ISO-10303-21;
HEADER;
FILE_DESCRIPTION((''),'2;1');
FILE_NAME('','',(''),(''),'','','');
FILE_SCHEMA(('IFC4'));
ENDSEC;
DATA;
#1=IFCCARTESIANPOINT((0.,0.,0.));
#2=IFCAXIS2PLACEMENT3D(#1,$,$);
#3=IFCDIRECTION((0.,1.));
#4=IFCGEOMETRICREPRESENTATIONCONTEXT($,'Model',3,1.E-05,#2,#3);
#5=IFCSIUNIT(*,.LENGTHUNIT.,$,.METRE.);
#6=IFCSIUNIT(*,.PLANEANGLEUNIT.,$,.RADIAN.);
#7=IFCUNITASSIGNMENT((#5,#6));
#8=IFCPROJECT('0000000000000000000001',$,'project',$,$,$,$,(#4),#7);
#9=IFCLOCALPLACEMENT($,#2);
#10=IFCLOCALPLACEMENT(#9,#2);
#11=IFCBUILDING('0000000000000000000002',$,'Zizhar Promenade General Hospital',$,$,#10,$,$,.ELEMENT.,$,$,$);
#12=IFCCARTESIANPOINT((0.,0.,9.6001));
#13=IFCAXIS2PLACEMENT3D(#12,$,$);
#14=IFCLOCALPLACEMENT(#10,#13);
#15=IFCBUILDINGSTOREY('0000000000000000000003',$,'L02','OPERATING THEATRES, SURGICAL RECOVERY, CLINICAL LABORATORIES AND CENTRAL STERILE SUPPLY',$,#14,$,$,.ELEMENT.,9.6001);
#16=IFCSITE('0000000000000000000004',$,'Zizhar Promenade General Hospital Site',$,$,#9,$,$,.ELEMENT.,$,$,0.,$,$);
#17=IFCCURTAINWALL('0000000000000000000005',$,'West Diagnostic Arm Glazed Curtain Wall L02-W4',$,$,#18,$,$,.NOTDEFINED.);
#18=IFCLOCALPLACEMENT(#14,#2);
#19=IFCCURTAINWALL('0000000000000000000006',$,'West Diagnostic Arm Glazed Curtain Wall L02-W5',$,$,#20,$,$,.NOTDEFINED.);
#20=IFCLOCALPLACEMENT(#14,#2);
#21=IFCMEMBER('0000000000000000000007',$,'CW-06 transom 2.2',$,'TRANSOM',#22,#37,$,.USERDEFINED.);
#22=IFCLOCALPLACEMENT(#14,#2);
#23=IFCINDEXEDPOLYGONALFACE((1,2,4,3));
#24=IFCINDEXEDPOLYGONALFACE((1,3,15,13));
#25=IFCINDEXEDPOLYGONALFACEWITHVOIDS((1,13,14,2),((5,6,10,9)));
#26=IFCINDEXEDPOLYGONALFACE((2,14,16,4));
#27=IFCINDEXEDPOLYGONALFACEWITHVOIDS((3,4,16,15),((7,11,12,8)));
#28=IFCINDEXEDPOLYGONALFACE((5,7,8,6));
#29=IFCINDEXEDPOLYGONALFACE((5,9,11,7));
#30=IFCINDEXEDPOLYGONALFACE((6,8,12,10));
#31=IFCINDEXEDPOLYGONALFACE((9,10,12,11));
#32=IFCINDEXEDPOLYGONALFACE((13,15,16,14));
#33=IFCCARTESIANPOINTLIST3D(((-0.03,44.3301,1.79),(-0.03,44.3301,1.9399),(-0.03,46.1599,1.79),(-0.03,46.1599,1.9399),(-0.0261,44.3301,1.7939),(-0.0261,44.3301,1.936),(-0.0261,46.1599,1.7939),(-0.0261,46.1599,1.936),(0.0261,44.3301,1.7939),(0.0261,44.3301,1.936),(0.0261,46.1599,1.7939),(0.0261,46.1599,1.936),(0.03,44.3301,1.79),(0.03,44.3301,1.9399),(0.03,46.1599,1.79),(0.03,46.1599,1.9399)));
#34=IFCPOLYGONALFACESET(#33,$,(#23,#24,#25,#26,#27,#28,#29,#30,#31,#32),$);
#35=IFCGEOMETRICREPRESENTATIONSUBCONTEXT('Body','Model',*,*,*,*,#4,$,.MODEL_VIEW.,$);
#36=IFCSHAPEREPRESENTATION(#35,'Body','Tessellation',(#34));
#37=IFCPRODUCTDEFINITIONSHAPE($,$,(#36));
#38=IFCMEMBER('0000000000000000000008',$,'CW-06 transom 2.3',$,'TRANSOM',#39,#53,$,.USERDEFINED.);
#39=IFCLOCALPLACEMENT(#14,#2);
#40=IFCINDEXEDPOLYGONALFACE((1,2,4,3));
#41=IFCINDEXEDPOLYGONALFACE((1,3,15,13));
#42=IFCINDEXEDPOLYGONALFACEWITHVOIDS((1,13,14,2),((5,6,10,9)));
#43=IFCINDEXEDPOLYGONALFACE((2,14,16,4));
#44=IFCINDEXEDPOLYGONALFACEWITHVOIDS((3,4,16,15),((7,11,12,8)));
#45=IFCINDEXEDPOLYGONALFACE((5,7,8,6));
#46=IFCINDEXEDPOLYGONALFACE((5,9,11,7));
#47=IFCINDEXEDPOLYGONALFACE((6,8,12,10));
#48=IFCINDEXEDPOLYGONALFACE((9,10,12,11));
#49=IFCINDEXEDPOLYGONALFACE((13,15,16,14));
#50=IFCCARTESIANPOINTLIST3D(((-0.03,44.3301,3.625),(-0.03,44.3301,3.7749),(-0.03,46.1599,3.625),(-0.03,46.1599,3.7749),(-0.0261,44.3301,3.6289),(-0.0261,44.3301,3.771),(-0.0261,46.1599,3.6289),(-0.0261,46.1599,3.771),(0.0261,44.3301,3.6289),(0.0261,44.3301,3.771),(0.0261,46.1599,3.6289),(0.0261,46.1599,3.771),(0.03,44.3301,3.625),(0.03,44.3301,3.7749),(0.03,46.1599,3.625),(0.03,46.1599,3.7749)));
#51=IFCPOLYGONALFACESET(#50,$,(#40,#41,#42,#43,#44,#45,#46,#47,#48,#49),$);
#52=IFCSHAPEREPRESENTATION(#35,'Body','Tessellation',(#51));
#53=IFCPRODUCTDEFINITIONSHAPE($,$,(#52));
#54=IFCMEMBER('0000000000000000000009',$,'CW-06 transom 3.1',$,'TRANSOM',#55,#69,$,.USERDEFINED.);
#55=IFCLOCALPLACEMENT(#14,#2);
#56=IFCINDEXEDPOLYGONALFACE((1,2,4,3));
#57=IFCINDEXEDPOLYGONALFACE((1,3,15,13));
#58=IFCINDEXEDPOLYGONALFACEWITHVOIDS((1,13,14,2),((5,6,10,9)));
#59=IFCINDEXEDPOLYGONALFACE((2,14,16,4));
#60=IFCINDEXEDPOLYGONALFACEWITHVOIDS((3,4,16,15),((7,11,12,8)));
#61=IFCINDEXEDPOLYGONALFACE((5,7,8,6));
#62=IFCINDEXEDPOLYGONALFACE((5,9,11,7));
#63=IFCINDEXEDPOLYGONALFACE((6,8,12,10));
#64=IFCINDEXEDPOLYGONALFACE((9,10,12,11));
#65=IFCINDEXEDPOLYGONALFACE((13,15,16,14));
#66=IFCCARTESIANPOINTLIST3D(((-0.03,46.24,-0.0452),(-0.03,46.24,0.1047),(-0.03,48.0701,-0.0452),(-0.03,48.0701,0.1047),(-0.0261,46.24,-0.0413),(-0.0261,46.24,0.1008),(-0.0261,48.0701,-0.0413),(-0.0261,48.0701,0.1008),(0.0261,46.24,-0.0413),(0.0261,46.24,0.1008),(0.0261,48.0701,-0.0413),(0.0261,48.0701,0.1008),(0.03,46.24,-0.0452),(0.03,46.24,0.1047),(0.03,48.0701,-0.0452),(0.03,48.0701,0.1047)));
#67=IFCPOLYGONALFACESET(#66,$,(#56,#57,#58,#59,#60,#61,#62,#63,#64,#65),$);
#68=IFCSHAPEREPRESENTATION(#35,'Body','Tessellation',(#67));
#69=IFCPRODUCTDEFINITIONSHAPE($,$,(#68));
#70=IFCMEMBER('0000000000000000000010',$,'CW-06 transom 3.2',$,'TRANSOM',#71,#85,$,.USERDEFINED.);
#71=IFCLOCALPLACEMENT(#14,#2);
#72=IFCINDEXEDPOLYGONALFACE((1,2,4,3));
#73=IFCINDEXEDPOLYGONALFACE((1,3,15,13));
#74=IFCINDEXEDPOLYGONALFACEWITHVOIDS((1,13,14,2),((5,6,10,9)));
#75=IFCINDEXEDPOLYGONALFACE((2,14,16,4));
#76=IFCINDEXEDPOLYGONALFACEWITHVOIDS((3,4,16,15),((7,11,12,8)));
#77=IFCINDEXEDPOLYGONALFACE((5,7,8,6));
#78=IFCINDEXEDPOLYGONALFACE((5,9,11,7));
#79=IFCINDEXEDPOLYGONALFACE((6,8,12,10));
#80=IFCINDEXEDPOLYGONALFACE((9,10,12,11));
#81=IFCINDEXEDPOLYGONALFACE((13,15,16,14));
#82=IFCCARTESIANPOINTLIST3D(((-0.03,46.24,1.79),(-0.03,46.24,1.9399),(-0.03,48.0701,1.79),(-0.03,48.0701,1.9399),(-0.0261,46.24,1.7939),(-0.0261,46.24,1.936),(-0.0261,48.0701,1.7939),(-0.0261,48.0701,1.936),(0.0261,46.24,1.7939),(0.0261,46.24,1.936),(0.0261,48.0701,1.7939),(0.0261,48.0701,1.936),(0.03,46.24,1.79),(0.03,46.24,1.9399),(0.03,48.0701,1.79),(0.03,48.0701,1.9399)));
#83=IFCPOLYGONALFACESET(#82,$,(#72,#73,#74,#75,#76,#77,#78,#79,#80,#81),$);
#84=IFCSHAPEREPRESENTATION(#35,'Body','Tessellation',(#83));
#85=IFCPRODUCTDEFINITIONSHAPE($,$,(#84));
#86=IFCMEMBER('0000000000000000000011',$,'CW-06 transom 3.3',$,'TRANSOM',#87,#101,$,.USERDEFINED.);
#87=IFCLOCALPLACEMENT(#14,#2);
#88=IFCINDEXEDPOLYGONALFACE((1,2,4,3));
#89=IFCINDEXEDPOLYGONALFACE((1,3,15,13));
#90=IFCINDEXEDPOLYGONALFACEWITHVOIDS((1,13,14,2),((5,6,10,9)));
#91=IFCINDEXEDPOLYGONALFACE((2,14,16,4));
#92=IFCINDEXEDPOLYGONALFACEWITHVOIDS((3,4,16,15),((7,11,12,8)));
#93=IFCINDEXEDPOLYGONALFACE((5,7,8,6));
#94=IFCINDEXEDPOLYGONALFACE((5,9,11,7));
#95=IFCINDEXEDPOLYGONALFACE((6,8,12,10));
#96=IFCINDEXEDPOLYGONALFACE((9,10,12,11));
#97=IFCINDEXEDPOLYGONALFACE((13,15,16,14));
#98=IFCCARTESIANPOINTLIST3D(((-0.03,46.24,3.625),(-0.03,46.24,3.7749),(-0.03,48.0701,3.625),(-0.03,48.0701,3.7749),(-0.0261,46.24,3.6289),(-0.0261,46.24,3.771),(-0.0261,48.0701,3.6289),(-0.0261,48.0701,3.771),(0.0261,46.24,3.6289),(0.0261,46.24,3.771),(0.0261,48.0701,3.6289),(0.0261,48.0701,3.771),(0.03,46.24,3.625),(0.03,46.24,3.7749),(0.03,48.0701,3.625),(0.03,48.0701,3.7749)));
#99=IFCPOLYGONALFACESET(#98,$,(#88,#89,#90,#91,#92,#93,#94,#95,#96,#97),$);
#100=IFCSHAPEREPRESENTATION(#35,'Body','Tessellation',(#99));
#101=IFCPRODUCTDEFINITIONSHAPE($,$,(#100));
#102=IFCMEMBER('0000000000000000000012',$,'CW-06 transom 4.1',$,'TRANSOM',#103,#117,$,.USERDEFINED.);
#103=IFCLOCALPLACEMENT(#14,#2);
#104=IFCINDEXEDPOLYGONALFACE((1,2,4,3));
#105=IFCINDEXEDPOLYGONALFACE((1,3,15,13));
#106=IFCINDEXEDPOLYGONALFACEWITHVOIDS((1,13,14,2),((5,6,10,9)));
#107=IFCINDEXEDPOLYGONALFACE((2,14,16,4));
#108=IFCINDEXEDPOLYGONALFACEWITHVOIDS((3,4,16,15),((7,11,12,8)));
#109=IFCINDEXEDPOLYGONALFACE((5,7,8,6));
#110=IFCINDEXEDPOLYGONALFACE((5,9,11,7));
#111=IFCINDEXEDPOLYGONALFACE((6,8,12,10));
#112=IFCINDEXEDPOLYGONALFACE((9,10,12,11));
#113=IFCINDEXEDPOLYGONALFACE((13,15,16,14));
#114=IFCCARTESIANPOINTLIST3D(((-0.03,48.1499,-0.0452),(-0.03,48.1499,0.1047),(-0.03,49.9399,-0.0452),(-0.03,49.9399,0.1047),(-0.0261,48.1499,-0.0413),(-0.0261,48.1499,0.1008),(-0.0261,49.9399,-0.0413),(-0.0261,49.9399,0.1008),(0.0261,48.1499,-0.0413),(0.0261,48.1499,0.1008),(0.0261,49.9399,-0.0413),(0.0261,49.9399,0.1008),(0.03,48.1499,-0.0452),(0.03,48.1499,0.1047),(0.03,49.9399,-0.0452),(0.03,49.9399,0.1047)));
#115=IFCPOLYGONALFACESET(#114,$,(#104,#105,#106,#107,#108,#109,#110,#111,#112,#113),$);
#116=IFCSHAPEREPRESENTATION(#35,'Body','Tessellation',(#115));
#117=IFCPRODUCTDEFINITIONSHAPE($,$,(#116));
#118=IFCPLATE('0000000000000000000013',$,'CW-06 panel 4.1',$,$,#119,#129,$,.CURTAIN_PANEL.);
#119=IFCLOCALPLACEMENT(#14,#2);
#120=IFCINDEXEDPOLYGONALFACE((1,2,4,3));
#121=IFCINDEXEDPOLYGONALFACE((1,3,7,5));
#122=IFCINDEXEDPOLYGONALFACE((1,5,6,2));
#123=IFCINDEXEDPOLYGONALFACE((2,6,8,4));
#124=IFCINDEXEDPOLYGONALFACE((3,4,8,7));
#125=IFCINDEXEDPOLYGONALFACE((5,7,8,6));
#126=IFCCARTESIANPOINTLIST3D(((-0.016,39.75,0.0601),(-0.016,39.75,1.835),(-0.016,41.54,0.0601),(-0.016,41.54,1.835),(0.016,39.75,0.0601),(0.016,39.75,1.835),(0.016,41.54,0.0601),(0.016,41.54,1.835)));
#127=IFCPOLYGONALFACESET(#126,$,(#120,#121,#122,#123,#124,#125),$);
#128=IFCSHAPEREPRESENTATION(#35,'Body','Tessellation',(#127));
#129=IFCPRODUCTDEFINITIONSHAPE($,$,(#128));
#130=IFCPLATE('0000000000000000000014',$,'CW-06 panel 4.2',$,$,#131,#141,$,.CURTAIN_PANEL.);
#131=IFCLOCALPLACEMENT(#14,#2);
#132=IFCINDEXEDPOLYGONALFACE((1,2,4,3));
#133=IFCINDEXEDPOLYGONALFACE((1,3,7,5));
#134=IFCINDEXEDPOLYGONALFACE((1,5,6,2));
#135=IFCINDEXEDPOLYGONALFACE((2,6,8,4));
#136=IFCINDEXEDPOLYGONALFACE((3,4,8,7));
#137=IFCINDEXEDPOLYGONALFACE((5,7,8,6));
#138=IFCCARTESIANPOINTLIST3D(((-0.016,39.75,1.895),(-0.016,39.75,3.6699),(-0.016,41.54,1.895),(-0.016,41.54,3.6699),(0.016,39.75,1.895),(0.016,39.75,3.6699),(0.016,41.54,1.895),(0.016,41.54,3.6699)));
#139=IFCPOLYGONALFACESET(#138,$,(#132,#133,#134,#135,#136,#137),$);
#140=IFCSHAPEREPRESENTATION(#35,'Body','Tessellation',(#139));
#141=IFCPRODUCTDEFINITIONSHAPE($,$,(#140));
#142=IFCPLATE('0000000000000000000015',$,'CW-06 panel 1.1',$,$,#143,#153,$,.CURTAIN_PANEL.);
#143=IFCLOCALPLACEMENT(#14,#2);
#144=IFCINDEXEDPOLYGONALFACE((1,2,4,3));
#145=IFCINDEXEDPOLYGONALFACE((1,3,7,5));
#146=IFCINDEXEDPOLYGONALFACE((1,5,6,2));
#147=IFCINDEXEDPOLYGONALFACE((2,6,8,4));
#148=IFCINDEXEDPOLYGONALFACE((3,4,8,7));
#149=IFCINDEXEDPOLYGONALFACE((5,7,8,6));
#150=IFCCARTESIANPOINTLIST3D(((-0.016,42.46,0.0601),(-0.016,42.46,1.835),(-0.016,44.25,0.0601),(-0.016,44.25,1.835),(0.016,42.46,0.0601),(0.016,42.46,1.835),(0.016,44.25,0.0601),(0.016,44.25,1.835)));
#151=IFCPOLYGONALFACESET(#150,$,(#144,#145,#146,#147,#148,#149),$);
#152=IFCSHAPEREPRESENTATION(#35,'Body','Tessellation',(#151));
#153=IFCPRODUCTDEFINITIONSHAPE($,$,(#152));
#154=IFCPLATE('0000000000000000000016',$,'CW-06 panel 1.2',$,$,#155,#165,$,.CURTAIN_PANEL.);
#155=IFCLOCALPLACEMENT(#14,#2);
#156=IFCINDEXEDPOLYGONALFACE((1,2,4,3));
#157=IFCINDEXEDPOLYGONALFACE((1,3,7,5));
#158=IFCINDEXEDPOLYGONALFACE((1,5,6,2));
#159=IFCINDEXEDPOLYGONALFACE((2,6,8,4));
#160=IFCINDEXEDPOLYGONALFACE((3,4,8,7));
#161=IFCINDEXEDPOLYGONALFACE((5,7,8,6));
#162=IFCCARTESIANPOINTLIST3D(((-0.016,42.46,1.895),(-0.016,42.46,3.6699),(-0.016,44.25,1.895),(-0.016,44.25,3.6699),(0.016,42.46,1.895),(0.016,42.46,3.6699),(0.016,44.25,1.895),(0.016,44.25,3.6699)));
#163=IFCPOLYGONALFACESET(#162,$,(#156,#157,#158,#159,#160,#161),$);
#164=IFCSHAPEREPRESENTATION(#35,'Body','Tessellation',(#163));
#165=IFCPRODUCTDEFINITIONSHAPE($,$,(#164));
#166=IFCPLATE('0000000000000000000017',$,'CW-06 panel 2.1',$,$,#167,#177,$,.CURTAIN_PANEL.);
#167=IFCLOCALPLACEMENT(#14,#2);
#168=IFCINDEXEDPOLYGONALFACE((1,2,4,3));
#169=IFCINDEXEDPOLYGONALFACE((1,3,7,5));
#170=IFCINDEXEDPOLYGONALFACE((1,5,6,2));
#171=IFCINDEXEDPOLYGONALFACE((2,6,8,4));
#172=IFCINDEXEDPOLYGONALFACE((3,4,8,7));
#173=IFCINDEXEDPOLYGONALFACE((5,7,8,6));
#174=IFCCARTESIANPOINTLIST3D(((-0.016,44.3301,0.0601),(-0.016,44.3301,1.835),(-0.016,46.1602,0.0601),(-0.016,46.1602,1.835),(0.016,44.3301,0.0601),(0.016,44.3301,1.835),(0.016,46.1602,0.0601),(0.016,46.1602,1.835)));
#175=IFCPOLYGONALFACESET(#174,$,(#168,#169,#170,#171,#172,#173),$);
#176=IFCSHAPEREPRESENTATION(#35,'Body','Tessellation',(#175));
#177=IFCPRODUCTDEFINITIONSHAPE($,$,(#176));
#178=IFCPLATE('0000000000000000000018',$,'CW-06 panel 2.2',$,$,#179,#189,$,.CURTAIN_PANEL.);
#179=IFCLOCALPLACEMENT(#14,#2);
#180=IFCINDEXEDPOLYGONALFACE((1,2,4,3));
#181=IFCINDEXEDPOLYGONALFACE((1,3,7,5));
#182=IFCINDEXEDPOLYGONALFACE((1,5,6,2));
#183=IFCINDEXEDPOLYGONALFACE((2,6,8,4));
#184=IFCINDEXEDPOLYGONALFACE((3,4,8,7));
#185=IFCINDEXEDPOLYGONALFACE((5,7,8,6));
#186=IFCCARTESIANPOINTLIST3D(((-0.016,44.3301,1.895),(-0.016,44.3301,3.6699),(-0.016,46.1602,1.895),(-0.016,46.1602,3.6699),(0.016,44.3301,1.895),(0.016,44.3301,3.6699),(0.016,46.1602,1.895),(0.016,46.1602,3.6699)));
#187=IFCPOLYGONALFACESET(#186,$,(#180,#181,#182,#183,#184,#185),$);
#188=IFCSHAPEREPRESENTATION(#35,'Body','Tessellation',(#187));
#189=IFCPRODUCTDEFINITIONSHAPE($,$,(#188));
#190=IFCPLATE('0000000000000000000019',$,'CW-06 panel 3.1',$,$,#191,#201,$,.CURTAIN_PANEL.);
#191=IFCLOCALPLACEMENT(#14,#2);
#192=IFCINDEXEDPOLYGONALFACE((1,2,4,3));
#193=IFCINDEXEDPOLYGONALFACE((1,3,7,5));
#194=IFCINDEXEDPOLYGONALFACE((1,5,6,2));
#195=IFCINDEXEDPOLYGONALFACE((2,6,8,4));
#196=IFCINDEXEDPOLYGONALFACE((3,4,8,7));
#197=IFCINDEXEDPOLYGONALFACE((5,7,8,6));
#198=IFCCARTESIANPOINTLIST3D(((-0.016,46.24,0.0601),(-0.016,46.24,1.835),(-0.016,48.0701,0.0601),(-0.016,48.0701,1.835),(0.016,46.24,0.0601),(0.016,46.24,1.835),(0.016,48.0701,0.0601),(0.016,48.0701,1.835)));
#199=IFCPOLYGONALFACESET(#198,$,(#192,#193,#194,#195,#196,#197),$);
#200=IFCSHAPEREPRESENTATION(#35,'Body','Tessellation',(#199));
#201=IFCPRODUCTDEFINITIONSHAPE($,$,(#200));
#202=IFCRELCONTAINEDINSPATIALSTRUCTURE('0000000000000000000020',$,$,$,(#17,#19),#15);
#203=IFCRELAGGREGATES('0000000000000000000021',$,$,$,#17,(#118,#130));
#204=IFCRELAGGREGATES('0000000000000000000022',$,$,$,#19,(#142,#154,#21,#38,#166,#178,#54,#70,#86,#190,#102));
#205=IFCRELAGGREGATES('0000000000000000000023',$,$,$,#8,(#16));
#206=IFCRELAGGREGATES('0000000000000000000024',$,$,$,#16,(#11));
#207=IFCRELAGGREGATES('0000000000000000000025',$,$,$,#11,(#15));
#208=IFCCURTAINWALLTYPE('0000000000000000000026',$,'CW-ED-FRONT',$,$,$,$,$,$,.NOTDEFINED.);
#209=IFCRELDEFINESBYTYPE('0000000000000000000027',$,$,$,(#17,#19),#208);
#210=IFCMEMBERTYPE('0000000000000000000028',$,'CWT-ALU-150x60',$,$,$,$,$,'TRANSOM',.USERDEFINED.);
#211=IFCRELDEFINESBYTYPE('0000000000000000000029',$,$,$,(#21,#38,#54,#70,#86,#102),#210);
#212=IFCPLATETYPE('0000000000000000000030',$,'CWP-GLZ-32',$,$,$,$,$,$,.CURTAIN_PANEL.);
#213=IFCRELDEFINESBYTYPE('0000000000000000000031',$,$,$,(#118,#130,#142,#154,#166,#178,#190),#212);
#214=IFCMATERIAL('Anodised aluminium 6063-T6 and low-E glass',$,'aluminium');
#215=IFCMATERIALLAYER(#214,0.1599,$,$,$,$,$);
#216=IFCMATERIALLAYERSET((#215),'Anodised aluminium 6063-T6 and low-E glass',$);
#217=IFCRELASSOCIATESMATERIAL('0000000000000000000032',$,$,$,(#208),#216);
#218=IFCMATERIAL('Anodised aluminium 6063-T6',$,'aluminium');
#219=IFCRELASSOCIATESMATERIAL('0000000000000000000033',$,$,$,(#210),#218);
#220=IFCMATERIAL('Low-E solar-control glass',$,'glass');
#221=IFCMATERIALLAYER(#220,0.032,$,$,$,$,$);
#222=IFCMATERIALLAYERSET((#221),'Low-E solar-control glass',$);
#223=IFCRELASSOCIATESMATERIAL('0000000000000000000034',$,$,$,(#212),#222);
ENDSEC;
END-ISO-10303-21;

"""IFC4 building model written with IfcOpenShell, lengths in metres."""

from ifc_helpers import new_model, si_unit, direction, frame, origin, origin_2d, place, context, subcontext, project, spatial, rectangle, hollow_rectangle, extrude, material, layer, layer_set, material_profile, profile_set, type_object, element, aggregate, save


model = new_model("IFC4")

# Units and contexts
model_context = context("Model", 3, precision=1e-05, world=origin(), true_north=direction((0.0, 1.0)))
body_context = subcontext(model_context, "Body", "Model", "MODEL_VIEW")
ifc_project = project(units=[si_unit("LENGTHUNIT", "METRE"), si_unit("PLANEANGLEUNIT", "RADIAN")], contexts=[model_context])

# Site, building, storey
site_placement = place(None, origin())
site = spatial("IfcSite", under=ifc_project, at=site_placement, Name="Zizhar Promenade General Hospital Site", CompositionType="ELEMENT", RefElevation=0.0)
building_placement = place(site_placement, origin())
building = spatial("IfcBuilding", under=site, at=building_placement, Name="Zizhar Promenade General Hospital", CompositionType="ELEMENT")
storey_placement = place(building_placement, frame((0.0, 0.0, 9.6001)))
storey = spatial("IfcBuildingStorey", under=building, at=storey_placement, Name="L02", Description="OPERATING THEATRES, SURGICAL RECOVERY, CLINICAL LABORATORIES AND CENTRAL STERILE SUPPLY", CompositionType="ELEMENT", Elevation=9.6001)

# Curtain wall
ifc_material_1 = material(Name="Anodised aluminium 6063-T6 and low-E glass", Category="aluminium")
ifc_layer_1 = layer(ifc_material_1, 0.1599)
ifc_layer_set_1 = layer_set([ifc_layer_1], Name="Anodised aluminium 6063-T6 and low-E glass")
curtain_wall_type = type_object("IfcCurtainWallType", Name="CW-ED-FRONT", PredefinedType="NOTDEFINED", material=ifc_layer_set_1)
curtain_wall_1_placement = place(storey_placement, origin())
curtain_wall_1 = element("IfcCurtainWall", 1, at=curtain_wall_1_placement, inside=storey, type_object=curtain_wall_type, Name="West Diagnostic Arm Glazed Curtain Wall L02-W4", PredefinedType="NOTDEFINED")

# Curtain wall
curtain_wall_2_placement = place(storey_placement, origin())
curtain_wall_2 = element("IfcCurtainWall", 2, at=curtain_wall_2_placement, inside=storey, type_object=curtain_wall_type, Name="West Diagnostic Arm Glazed Curtain Wall L02-W5", PredefinedType="NOTDEFINED")

# Members
ifc_material_2 = material(Name="Anodised aluminium 6063-T6", Category="aluminium")
ifc_material_profile_1 = material_profile(ifc_material_2, hollow_rectangle(XDim=0.0601, YDim=0.1499, WallThickness=0.0039, at=origin_2d()))
ifc_profile_set_1 = profile_set([ifc_material_profile_1], Name="Anodised aluminium 6063-T6")
member_type_1 = type_object("IfcMemberType", Name="CWT-ALU-150x60", ElementType="TRANSOM", PredefinedType="USERDEFINED", material=ifc_profile_set_1)
member_1_placement = place(storey_placement, frame((0.0, 44.3301, 1.865), z_axis=(0.0, 1.0, 0.0), x_axis=(-1.0, 0.0, 0.0)))
member_1 = element("IfcMember", 3, at=member_1_placement, type_object=member_type_1, Name="CW-06 transom 2.2", ObjectType="TRANSOM", PredefinedType="USERDEFINED", context=body_context, shape_type="SweptSolid", body=[
    extrude(hollow_rectangle(XDim=0.0601, YDim=0.1499, WallThickness=0.0039, at=origin_2d()), origin(), (0.0, 0.0, 1.0), 1.8298),
])
member_2_placement = place(storey_placement, frame((0.0, 44.3301, 3.7), z_axis=(0.0, 1.0, 0.0), x_axis=(-1.0, 0.0, 0.0)))
member_2 = element("IfcMember", 4, at=member_2_placement, type_object=member_type_1, Name="CW-06 transom 2.3", ObjectType="TRANSOM", PredefinedType="USERDEFINED", context=body_context, shape_type="SweptSolid", body=[
    extrude(hollow_rectangle(XDim=0.0601, YDim=0.1499, WallThickness=0.0039, at=origin_2d()), origin(), (0.0, 0.0, 1.0), 1.8298),
])
member_3_placement = place(storey_placement, frame((0.0, 46.24, 0.0298), z_axis=(0.0, 1.0, 0.0), x_axis=(-1.0, 0.0, 0.0)))
member_3 = element("IfcMember", 5, at=member_3_placement, type_object=member_type_1, Name="CW-06 transom 3.1", ObjectType="TRANSOM", PredefinedType="USERDEFINED", context=body_context, shape_type="SweptSolid", body=[
    extrude(hollow_rectangle(XDim=0.0601, YDim=0.1499, WallThickness=0.0039, at=origin_2d()), origin(), (0.0, 0.0, 1.0), 1.8301),
])
member_4_placement = place(storey_placement, frame((0.0, 46.24, 1.865), z_axis=(0.0, 1.0, 0.0), x_axis=(-1.0, 0.0, 0.0)))
member_4 = element("IfcMember", 6, at=member_4_placement, type_object=member_type_1, Name="CW-06 transom 3.2", ObjectType="TRANSOM", PredefinedType="USERDEFINED", context=body_context, shape_type="SweptSolid", body=[
    extrude(hollow_rectangle(XDim=0.0601, YDim=0.1499, WallThickness=0.0039, at=origin_2d()), origin(), (0.0, 0.0, 1.0), 1.8301),
])
member_5_placement = place(storey_placement, frame((0.0, 46.24, 3.7), z_axis=(0.0, 1.0, 0.0), x_axis=(-1.0, 0.0, 0.0)))
member_5 = element("IfcMember", 7, at=member_5_placement, type_object=member_type_1, Name="CW-06 transom 3.3", ObjectType="TRANSOM", PredefinedType="USERDEFINED", context=body_context, shape_type="SweptSolid", body=[
    extrude(hollow_rectangle(XDim=0.0601, YDim=0.1499, WallThickness=0.0039, at=origin_2d()), origin(), (0.0, 0.0, 1.0), 1.8301),
])
member_6_placement = place(storey_placement, frame((0.0, 48.1499, 0.0298), z_axis=(0.0, 1.0, 0.0), x_axis=(-1.0, 0.0, 0.0)))
member_6 = element("IfcMember", 8, at=member_6_placement, type_object=member_type_1, Name="CW-06 transom 4.1", ObjectType="TRANSOM", PredefinedType="USERDEFINED", context=body_context, shape_type="SweptSolid", body=[
    extrude(hollow_rectangle(XDim=0.0601, YDim=0.1499, WallThickness=0.0039, at=origin_2d()), origin(), (0.0, 0.0, 1.0), 1.79),
])

# Plates
ifc_material_3 = material(Name="Low-E solar-control glass", Category="glass")
ifc_layer_2 = layer(ifc_material_3, 0.032)
ifc_layer_set_2 = layer_set([ifc_layer_2], Name="Low-E solar-control glass")
plate_type = type_object("IfcPlateType", Name="CWP-GLZ-32", PredefinedType="CURTAIN_PANEL", material=ifc_layer_set_2)
plate_1_placement = place(storey_placement, frame((0.0, 40.645, 0.0601), z_axis=(0.0, 0.0, 1.0), x_axis=(0.0, 1.0, 0.0)))
plate_1 = element("IfcPlate", 9, at=plate_1_placement, type_object=plate_type, Name="CW-06 panel 4.1", PredefinedType="CURTAIN_PANEL", context=body_context, shape_type="SweptSolid", body=[
    extrude(rectangle(XDim=1.79, YDim=0.032, at=origin_2d()), origin(), (0.0, 0.0, 1.0), 1.7749),
])
plate_2_placement = place(storey_placement, frame((0.0, 40.645, 1.895), z_axis=(0.0, 0.0, 1.0), x_axis=(0.0, 1.0, 0.0)))
plate_2 = element("IfcPlate", 10, at=plate_2_placement, type_object=plate_type, Name="CW-06 panel 4.2", PredefinedType="CURTAIN_PANEL", context=body_context, shape_type="SweptSolid", body=[
    extrude(rectangle(XDim=1.79, YDim=0.032, at=origin_2d()), origin(), (0.0, 0.0, 1.0), 1.7749),
])
aggregate(curtain_wall_1, [plate_1, plate_2])
plate_3_placement = place(storey_placement, frame((0.0, 43.355, 0.0601), z_axis=(0.0, 0.0, 1.0), x_axis=(0.0, 1.0, 0.0)))
plate_3 = element("IfcPlate", 11, at=plate_3_placement, type_object=plate_type, Name="CW-06 panel 1.1", PredefinedType="CURTAIN_PANEL", context=body_context, shape_type="SweptSolid", body=[
    extrude(rectangle(XDim=1.79, YDim=0.032, at=origin_2d()), origin(), (0.0, 0.0, 1.0), 1.7749),
])
plate_4_placement = place(storey_placement, frame((0.0, 43.355, 1.895), z_axis=(0.0, 0.0, 1.0), x_axis=(0.0, 1.0, 0.0)))
plate_4 = element("IfcPlate", 12, at=plate_4_placement, type_object=plate_type, Name="CW-06 panel 1.2", PredefinedType="CURTAIN_PANEL", context=body_context, shape_type="SweptSolid", body=[
    extrude(rectangle(XDim=1.79, YDim=0.032, at=origin_2d()), origin(), (0.0, 0.0, 1.0), 1.7749),
])
plate_5_placement = place(storey_placement, frame((0.0, 45.2451, 0.0601), z_axis=(0.0, 0.0, 1.0), x_axis=(0.0, 1.0, 0.0)))
plate_5 = element("IfcPlate", 13, at=plate_5_placement, type_object=plate_type, Name="CW-06 panel 2.1", PredefinedType="CURTAIN_PANEL", context=body_context, shape_type="SweptSolid", body=[
    extrude(rectangle(XDim=1.8301, YDim=0.032, at=origin_2d()), origin(), (0.0, 0.0, 1.0), 1.7749),
])
plate_6_placement = place(storey_placement, frame((0.0, 45.2451, 1.895), z_axis=(0.0, 0.0, 1.0), x_axis=(0.0, 1.0, 0.0)))
plate_6 = element("IfcPlate", 14, at=plate_6_placement, type_object=plate_type, Name="CW-06 panel 2.2", PredefinedType="CURTAIN_PANEL", context=body_context, shape_type="SweptSolid", body=[
    extrude(rectangle(XDim=1.8301, YDim=0.032, at=origin_2d()), origin(), (0.0, 0.0, 1.0), 1.7749),
])
plate_7_placement = place(storey_placement, frame((0.0, 47.155, 0.0601), z_axis=(0.0, 0.0, 1.0), x_axis=(0.0, 1.0, 0.0)))
plate_7 = element("IfcPlate", 15, at=plate_7_placement, type_object=plate_type, Name="CW-06 panel 3.1", PredefinedType="CURTAIN_PANEL", context=body_context, shape_type="SweptSolid", body=[
    extrude(rectangle(XDim=1.8301, YDim=0.032, at=origin_2d()), origin(), (0.0, 0.0, 1.0), 1.7749),
])
aggregate(curtain_wall_2, [plate_3, plate_4, member_1, member_2, plate_5, plate_6, member_3, member_4, member_5, plate_7, member_6])

save(model, "model.ifc")
